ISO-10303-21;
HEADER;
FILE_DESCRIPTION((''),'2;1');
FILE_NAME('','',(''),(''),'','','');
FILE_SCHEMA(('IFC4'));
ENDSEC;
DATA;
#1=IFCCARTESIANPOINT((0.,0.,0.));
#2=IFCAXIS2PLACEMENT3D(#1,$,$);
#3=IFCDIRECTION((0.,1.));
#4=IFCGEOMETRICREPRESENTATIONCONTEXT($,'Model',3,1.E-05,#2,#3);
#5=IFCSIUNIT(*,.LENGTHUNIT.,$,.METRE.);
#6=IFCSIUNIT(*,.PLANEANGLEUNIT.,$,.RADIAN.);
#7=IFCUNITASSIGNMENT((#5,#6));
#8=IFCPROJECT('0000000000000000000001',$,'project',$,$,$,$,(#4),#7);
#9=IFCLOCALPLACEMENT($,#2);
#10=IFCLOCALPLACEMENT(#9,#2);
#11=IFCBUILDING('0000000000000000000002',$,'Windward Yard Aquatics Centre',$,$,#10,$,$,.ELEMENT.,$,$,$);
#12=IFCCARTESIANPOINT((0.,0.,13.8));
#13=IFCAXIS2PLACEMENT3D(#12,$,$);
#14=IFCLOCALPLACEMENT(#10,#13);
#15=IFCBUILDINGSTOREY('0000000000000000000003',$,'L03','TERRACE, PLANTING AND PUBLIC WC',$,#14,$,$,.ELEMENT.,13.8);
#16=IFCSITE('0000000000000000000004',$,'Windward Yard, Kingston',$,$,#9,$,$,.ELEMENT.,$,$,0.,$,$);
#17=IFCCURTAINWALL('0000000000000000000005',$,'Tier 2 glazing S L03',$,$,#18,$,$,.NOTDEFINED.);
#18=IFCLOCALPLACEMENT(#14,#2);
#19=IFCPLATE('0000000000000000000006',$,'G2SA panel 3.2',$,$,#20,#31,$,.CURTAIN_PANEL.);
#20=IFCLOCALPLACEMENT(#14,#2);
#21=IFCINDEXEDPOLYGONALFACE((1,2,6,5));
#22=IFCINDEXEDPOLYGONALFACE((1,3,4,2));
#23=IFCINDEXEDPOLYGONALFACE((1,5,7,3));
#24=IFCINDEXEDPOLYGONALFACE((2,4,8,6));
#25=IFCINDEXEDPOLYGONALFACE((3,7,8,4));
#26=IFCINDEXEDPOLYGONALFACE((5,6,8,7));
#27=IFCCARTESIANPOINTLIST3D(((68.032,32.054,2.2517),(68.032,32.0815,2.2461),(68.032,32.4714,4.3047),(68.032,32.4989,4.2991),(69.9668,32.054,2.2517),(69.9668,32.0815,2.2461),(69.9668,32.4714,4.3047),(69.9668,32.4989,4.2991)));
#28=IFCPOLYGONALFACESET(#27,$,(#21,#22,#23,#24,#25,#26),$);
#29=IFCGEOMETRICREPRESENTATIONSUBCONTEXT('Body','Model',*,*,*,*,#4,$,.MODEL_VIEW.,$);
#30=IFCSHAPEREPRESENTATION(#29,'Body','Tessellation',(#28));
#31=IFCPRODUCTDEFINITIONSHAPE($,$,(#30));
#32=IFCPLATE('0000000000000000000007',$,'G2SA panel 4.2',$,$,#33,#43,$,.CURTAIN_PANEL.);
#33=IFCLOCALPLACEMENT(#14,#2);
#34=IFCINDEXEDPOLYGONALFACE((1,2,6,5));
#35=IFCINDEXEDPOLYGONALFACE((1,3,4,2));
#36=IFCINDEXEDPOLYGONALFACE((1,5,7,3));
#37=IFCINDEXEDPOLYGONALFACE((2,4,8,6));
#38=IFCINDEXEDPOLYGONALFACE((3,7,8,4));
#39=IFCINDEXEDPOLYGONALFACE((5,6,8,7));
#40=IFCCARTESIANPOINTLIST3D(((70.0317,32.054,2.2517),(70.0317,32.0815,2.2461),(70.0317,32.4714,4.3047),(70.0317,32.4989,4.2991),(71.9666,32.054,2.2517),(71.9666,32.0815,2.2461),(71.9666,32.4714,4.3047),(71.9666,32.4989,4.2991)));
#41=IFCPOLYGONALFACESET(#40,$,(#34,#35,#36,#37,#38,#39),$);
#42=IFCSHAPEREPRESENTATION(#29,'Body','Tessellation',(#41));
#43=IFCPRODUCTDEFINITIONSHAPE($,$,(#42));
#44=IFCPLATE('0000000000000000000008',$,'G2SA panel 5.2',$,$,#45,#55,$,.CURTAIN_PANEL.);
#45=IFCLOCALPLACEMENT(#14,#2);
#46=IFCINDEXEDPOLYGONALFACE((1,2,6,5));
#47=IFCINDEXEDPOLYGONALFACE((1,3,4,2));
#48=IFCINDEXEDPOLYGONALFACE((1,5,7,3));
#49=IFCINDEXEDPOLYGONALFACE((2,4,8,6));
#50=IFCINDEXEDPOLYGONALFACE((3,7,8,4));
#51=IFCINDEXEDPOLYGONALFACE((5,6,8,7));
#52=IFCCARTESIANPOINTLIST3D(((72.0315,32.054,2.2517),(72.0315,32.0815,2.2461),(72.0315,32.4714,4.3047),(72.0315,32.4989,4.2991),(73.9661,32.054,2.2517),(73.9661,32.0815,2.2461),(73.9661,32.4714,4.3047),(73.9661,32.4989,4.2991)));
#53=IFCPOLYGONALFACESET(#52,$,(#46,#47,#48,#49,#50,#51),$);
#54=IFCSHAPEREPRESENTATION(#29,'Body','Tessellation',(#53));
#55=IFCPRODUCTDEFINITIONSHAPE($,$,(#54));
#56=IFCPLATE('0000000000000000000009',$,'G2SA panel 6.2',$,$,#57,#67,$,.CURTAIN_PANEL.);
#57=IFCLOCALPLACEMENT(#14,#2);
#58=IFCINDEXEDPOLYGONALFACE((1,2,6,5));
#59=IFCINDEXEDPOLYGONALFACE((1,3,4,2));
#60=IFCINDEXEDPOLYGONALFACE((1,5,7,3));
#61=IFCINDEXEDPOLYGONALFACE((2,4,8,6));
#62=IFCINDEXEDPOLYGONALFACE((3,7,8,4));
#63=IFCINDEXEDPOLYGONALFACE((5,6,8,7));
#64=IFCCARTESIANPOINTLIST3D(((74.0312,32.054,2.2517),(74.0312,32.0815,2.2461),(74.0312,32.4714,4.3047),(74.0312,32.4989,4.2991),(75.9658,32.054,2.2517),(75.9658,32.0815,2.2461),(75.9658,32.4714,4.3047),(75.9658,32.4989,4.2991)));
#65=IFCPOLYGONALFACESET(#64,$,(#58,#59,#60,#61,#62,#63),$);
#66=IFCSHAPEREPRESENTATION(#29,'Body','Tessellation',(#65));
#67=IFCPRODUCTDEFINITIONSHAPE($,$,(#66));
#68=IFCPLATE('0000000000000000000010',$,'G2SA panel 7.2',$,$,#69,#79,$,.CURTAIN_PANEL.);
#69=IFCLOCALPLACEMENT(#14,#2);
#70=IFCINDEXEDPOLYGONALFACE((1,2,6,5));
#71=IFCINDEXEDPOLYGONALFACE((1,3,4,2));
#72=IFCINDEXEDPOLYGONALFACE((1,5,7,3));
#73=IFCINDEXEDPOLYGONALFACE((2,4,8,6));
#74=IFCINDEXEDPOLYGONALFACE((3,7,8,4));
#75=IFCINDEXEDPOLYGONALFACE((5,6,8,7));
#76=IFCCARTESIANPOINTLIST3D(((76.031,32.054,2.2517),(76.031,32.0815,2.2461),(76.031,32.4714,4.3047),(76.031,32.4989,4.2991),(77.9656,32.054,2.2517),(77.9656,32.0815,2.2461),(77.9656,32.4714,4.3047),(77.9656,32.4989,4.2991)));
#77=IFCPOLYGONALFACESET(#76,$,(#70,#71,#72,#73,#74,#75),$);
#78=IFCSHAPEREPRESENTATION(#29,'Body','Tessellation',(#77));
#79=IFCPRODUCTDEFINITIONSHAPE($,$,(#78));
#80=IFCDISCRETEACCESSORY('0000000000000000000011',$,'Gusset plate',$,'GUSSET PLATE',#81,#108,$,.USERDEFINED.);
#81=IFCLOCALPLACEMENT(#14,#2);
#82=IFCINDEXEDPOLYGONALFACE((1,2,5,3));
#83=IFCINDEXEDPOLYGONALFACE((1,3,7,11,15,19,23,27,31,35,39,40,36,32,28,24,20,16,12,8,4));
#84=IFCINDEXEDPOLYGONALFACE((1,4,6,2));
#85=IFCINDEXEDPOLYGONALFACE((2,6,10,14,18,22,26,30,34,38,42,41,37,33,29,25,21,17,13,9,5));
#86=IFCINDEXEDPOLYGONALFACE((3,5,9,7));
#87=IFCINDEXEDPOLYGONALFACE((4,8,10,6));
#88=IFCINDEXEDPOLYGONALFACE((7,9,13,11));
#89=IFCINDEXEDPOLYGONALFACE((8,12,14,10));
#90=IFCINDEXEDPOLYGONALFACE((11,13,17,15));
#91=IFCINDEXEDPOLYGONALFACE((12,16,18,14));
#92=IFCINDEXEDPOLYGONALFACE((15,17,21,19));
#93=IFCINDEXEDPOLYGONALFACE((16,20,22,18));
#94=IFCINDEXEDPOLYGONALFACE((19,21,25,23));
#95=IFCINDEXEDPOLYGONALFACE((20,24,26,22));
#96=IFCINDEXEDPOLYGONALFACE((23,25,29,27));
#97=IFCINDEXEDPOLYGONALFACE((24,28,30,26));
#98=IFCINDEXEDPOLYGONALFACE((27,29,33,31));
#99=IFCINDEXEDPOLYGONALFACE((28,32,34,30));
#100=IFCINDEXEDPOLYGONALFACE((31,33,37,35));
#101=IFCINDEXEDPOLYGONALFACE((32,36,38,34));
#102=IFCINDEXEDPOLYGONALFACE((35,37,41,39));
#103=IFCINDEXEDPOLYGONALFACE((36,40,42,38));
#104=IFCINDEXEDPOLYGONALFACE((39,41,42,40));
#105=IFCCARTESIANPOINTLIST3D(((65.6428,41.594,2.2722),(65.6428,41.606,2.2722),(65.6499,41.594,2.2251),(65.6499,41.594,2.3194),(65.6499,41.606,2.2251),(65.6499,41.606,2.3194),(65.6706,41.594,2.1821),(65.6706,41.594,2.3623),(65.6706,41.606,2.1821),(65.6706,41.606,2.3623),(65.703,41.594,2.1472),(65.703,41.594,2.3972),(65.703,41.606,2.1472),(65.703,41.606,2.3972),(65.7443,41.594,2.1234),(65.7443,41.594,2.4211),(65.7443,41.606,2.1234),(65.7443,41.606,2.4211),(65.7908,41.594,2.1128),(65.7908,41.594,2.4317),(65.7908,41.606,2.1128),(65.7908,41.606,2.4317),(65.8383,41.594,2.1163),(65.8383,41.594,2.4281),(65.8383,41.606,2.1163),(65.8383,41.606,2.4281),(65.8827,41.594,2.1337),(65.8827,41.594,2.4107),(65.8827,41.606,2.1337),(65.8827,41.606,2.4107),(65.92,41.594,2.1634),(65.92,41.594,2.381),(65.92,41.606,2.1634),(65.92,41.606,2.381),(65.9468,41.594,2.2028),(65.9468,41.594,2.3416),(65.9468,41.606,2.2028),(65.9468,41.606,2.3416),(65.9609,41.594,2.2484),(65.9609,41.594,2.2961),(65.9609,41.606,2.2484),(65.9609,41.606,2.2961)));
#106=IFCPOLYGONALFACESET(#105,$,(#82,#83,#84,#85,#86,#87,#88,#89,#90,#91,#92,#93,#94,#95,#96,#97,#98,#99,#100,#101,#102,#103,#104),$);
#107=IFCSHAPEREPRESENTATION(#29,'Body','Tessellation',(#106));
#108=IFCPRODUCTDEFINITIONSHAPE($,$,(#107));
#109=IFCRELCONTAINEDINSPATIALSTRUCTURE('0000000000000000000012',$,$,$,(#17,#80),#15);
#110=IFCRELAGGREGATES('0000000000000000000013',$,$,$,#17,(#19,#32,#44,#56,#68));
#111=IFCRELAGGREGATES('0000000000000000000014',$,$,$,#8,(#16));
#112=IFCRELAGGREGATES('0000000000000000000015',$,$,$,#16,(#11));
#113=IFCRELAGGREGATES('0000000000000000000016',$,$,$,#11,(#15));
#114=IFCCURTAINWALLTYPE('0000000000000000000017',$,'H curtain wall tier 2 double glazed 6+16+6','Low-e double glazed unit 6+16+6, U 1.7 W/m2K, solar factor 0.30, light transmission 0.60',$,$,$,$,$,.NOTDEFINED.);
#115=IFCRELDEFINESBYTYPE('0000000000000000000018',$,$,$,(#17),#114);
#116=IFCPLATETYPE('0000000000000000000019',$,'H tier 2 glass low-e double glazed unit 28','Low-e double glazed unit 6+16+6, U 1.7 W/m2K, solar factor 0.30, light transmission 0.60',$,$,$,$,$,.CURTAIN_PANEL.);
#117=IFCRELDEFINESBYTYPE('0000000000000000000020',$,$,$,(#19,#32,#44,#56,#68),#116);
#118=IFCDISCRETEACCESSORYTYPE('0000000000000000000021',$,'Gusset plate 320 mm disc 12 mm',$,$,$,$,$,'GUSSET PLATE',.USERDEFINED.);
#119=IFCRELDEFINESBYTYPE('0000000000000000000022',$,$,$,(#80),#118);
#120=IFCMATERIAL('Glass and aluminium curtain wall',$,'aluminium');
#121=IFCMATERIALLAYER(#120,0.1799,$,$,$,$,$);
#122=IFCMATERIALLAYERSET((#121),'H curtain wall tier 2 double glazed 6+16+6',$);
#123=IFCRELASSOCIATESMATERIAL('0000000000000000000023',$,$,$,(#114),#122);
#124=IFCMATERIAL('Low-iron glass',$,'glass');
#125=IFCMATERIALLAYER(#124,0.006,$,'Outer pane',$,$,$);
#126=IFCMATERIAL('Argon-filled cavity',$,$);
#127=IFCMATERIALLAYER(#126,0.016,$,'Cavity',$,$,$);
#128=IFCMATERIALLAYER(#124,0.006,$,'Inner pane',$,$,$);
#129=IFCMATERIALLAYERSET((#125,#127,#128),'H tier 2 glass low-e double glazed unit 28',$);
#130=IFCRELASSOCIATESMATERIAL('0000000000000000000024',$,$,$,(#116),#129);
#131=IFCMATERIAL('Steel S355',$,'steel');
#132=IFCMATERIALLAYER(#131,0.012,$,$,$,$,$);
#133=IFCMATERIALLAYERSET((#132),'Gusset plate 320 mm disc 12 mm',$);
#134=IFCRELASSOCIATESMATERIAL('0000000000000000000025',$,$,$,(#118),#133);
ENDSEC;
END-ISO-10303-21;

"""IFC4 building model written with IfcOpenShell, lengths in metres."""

from ifc_helpers import new_model, si_unit, direction, frame, origin, origin_2d, place, context, subcontext, project, spatial, polyline, circle, outline, extrude, material, layer, layer_set, type_object, element, aggregate, save


model = new_model("IFC4")

# Units and contexts
model_context = context("Model", 3, precision=1e-05, world=origin(), true_north=direction((0.0, 1.0)))
body_context = subcontext(model_context, "Body", "Model", "MODEL_VIEW")
ifc_project = project(units=[si_unit("LENGTHUNIT", "METRE"), si_unit("PLANEANGLEUNIT", "RADIAN")], contexts=[model_context])

# Site, building, storey
site_placement = place(None, origin())
site = spatial("IfcSite", under=ifc_project, at=site_placement, Name="Windward Yard, Kingston", CompositionType="ELEMENT", RefElevation=0.0)
building_placement = place(site_placement, origin())
building = spatial("IfcBuilding", under=site, at=building_placement, Name="Windward Yard Aquatics Centre", CompositionType="ELEMENT")
storey_placement = place(building_placement, frame((0.0, 0.0, 13.8)))
storey = spatial("IfcBuildingStorey", under=building, at=storey_placement, Name="L03", Description="TERRACE, PLANTING AND PUBLIC WC", CompositionType="ELEMENT", Elevation=13.8)

# Curtain wall
ifc_material_1 = material(Name="Glass and aluminium curtain wall", Category="aluminium")
ifc_layer_1 = layer(ifc_material_1, 0.1799)
ifc_layer_set_1 = layer_set([ifc_layer_1], Name="H curtain wall tier 2 double glazed 6+16+6")
curtain_wall_type = type_object("IfcCurtainWallType", Name="H curtain wall tier 2 double glazed 6+16+6", Description="Low-e double glazed unit 6+16+6, U 1.7 W/m2K, solar factor 0.30, light transmission 0.60", PredefinedType="NOTDEFINED", material=ifc_layer_set_1)
curtain_wall_placement = place(storey_placement, origin())
curtain_wall = element("IfcCurtainWall", 1, at=curtain_wall_placement, inside=storey, type_object=curtain_wall_type, Name="Tier 2 glazing S L03", PredefinedType="NOTDEFINED")

# Plates
ifc_material_2 = material(Name="Low-iron glass", Category="glass")
ifc_layer_2 = layer(ifc_material_2, 0.006, Name="Outer pane")
ifc_material_3 = material(Name="Argon-filled cavity")
ifc_layer_3 = layer(ifc_material_3, 0.016, Name="Cavity")
ifc_layer_4 = layer(ifc_material_2, 0.006, Name="Inner pane")
ifc_layer_set_2 = layer_set([ifc_layer_2, ifc_layer_3, ifc_layer_4], Name="H tier 2 glass low-e double glazed unit 28")
plate_type = type_object("IfcPlateType", Name="H tier 2 glass low-e double glazed unit 28", Description="Low-e double glazed unit 6+16+6, U 1.7 W/m2K, solar factor 0.30, light transmission 0.60", PredefinedType="CURTAIN_PANEL", material=ifc_layer_set_2)
plate_1_placement = place(storey_placement, frame((68.032, 32.054, 2.2517), z_axis=(0.0, -0.979944, 0.199275), x_axis=(1.0, 0.0, 0.0)))
plate_1 = element("IfcPlate", 2, at=plate_1_placement, type_object=plate_type, Name="G2SA panel 3.2", PredefinedType="CURTAIN_PANEL", context=body_context, shape_type="SweptSolid", body=[
    extrude(outline(polyline([(0.0, 0.0), (1.9348, 0.0), (1.9348, 2.095), (0.0, 2.095), (0.0, 0.0)])), origin(), (0.0, 0.0, -1.0), 0.0281),
])
plate_2_placement = place(storey_placement, frame((70.0317, 32.054, 2.2517), z_axis=(0.0, -0.979944, 0.199275), x_axis=(1.0, 0.0, 0.0)))
plate_2 = element("IfcPlate", 3, at=plate_2_placement, type_object=plate_type, Name="G2SA panel 4.2", PredefinedType="CURTAIN_PANEL", context=body_context, shape_type="SweptSolid", body=[
    extrude(outline(polyline([(0.0, 0.0), (1.9348, 0.0), (1.9348, 2.095), (0.0, 2.095), (0.0, 0.0)])), origin(), (0.0, 0.0, -1.0), 0.0281),
])
plate_3_placement = place(storey_placement, frame((72.0315, 32.054, 2.2517), z_axis=(0.0, -0.979944, 0.199275), x_axis=(1.0, 0.0, 0.0)))
plate_3 = element("IfcPlate", 4, at=plate_3_placement, type_object=plate_type, Name="G2SA panel 5.2", PredefinedType="CURTAIN_PANEL", context=body_context, shape_type="SweptSolid", body=[
    extrude(outline(polyline([(0.0, 0.0), (1.9346, 0.0), (1.9346, 2.095), (0.0, 2.095), (0.0, 0.0)])), origin(), (0.0, 0.0, -1.0), 0.0281),
])
plate_4_placement = place(storey_placement, frame((74.0312, 32.054, 2.2517), z_axis=(0.0, -0.979944, 0.199275), x_axis=(1.0, 0.0, 0.0)))
plate_4 = element("IfcPlate", 5, at=plate_4_placement, type_object=plate_type, Name="G2SA panel 6.2", PredefinedType="CURTAIN_PANEL", context=body_context, shape_type="SweptSolid", body=[
    extrude(outline(polyline([(0.0, 0.0), (1.9346, 0.0), (1.9346, 2.095), (0.0, 2.095), (0.0, 0.0)])), origin(), (0.0, 0.0, -1.0), 0.0281),
])
plate_5_placement = place(storey_placement, frame((76.031, 32.054, 2.2517), z_axis=(0.0, -0.979944, 0.199275), x_axis=(1.0, 0.0, 0.0)))
plate_5 = element("IfcPlate", 6, at=plate_5_placement, type_object=plate_type, Name="G2SA panel 7.2", PredefinedType="CURTAIN_PANEL", context=body_context, shape_type="SweptSolid", body=[
    extrude(outline(polyline([(0.0, 0.0), (1.9346, 0.0), (1.9346, 2.095), (0.0, 2.095), (0.0, 0.0)])), origin(), (0.0, 0.0, -1.0), 0.0281),
])
aggregate(curtain_wall, [plate_1, plate_2, plate_3, plate_4, plate_5])

# Discrete accessory
ifc_material_4 = material(Name="Steel S355", Category="steel")
ifc_layer_5 = layer(ifc_material_4, 0.012)
ifc_layer_set_3 = layer_set([ifc_layer_5], Name="Gusset plate 320 mm disc 12 mm")
discrete_accessory_type = type_object("IfcDiscreteAccessoryType", Name="Gusset plate 320 mm disc 12 mm", ElementType="GUSSET PLATE", PredefinedType="USERDEFINED", material=ifc_layer_set_3)
discrete_accessory_placement = place(storey_placement, frame((65.8027, 41.594, 2.2722), z_axis=(0.0, 1.0, 0.0), x_axis=(-1.0, 0.0, 0.0)))
element("IfcDiscreteAccessory", 7, at=discrete_accessory_placement, inside=storey, type_object=discrete_accessory_type, Name="Gusset plate", ObjectType="GUSSET PLATE", PredefinedType="USERDEFINED", context=body_context, shape_type="SweptSolid", body=[
    extrude(circle(Radius=0.1599, at=origin_2d()), origin(), (0.0, 0.0, 1.0), 0.012),
])

save(model, "model.ifc")
